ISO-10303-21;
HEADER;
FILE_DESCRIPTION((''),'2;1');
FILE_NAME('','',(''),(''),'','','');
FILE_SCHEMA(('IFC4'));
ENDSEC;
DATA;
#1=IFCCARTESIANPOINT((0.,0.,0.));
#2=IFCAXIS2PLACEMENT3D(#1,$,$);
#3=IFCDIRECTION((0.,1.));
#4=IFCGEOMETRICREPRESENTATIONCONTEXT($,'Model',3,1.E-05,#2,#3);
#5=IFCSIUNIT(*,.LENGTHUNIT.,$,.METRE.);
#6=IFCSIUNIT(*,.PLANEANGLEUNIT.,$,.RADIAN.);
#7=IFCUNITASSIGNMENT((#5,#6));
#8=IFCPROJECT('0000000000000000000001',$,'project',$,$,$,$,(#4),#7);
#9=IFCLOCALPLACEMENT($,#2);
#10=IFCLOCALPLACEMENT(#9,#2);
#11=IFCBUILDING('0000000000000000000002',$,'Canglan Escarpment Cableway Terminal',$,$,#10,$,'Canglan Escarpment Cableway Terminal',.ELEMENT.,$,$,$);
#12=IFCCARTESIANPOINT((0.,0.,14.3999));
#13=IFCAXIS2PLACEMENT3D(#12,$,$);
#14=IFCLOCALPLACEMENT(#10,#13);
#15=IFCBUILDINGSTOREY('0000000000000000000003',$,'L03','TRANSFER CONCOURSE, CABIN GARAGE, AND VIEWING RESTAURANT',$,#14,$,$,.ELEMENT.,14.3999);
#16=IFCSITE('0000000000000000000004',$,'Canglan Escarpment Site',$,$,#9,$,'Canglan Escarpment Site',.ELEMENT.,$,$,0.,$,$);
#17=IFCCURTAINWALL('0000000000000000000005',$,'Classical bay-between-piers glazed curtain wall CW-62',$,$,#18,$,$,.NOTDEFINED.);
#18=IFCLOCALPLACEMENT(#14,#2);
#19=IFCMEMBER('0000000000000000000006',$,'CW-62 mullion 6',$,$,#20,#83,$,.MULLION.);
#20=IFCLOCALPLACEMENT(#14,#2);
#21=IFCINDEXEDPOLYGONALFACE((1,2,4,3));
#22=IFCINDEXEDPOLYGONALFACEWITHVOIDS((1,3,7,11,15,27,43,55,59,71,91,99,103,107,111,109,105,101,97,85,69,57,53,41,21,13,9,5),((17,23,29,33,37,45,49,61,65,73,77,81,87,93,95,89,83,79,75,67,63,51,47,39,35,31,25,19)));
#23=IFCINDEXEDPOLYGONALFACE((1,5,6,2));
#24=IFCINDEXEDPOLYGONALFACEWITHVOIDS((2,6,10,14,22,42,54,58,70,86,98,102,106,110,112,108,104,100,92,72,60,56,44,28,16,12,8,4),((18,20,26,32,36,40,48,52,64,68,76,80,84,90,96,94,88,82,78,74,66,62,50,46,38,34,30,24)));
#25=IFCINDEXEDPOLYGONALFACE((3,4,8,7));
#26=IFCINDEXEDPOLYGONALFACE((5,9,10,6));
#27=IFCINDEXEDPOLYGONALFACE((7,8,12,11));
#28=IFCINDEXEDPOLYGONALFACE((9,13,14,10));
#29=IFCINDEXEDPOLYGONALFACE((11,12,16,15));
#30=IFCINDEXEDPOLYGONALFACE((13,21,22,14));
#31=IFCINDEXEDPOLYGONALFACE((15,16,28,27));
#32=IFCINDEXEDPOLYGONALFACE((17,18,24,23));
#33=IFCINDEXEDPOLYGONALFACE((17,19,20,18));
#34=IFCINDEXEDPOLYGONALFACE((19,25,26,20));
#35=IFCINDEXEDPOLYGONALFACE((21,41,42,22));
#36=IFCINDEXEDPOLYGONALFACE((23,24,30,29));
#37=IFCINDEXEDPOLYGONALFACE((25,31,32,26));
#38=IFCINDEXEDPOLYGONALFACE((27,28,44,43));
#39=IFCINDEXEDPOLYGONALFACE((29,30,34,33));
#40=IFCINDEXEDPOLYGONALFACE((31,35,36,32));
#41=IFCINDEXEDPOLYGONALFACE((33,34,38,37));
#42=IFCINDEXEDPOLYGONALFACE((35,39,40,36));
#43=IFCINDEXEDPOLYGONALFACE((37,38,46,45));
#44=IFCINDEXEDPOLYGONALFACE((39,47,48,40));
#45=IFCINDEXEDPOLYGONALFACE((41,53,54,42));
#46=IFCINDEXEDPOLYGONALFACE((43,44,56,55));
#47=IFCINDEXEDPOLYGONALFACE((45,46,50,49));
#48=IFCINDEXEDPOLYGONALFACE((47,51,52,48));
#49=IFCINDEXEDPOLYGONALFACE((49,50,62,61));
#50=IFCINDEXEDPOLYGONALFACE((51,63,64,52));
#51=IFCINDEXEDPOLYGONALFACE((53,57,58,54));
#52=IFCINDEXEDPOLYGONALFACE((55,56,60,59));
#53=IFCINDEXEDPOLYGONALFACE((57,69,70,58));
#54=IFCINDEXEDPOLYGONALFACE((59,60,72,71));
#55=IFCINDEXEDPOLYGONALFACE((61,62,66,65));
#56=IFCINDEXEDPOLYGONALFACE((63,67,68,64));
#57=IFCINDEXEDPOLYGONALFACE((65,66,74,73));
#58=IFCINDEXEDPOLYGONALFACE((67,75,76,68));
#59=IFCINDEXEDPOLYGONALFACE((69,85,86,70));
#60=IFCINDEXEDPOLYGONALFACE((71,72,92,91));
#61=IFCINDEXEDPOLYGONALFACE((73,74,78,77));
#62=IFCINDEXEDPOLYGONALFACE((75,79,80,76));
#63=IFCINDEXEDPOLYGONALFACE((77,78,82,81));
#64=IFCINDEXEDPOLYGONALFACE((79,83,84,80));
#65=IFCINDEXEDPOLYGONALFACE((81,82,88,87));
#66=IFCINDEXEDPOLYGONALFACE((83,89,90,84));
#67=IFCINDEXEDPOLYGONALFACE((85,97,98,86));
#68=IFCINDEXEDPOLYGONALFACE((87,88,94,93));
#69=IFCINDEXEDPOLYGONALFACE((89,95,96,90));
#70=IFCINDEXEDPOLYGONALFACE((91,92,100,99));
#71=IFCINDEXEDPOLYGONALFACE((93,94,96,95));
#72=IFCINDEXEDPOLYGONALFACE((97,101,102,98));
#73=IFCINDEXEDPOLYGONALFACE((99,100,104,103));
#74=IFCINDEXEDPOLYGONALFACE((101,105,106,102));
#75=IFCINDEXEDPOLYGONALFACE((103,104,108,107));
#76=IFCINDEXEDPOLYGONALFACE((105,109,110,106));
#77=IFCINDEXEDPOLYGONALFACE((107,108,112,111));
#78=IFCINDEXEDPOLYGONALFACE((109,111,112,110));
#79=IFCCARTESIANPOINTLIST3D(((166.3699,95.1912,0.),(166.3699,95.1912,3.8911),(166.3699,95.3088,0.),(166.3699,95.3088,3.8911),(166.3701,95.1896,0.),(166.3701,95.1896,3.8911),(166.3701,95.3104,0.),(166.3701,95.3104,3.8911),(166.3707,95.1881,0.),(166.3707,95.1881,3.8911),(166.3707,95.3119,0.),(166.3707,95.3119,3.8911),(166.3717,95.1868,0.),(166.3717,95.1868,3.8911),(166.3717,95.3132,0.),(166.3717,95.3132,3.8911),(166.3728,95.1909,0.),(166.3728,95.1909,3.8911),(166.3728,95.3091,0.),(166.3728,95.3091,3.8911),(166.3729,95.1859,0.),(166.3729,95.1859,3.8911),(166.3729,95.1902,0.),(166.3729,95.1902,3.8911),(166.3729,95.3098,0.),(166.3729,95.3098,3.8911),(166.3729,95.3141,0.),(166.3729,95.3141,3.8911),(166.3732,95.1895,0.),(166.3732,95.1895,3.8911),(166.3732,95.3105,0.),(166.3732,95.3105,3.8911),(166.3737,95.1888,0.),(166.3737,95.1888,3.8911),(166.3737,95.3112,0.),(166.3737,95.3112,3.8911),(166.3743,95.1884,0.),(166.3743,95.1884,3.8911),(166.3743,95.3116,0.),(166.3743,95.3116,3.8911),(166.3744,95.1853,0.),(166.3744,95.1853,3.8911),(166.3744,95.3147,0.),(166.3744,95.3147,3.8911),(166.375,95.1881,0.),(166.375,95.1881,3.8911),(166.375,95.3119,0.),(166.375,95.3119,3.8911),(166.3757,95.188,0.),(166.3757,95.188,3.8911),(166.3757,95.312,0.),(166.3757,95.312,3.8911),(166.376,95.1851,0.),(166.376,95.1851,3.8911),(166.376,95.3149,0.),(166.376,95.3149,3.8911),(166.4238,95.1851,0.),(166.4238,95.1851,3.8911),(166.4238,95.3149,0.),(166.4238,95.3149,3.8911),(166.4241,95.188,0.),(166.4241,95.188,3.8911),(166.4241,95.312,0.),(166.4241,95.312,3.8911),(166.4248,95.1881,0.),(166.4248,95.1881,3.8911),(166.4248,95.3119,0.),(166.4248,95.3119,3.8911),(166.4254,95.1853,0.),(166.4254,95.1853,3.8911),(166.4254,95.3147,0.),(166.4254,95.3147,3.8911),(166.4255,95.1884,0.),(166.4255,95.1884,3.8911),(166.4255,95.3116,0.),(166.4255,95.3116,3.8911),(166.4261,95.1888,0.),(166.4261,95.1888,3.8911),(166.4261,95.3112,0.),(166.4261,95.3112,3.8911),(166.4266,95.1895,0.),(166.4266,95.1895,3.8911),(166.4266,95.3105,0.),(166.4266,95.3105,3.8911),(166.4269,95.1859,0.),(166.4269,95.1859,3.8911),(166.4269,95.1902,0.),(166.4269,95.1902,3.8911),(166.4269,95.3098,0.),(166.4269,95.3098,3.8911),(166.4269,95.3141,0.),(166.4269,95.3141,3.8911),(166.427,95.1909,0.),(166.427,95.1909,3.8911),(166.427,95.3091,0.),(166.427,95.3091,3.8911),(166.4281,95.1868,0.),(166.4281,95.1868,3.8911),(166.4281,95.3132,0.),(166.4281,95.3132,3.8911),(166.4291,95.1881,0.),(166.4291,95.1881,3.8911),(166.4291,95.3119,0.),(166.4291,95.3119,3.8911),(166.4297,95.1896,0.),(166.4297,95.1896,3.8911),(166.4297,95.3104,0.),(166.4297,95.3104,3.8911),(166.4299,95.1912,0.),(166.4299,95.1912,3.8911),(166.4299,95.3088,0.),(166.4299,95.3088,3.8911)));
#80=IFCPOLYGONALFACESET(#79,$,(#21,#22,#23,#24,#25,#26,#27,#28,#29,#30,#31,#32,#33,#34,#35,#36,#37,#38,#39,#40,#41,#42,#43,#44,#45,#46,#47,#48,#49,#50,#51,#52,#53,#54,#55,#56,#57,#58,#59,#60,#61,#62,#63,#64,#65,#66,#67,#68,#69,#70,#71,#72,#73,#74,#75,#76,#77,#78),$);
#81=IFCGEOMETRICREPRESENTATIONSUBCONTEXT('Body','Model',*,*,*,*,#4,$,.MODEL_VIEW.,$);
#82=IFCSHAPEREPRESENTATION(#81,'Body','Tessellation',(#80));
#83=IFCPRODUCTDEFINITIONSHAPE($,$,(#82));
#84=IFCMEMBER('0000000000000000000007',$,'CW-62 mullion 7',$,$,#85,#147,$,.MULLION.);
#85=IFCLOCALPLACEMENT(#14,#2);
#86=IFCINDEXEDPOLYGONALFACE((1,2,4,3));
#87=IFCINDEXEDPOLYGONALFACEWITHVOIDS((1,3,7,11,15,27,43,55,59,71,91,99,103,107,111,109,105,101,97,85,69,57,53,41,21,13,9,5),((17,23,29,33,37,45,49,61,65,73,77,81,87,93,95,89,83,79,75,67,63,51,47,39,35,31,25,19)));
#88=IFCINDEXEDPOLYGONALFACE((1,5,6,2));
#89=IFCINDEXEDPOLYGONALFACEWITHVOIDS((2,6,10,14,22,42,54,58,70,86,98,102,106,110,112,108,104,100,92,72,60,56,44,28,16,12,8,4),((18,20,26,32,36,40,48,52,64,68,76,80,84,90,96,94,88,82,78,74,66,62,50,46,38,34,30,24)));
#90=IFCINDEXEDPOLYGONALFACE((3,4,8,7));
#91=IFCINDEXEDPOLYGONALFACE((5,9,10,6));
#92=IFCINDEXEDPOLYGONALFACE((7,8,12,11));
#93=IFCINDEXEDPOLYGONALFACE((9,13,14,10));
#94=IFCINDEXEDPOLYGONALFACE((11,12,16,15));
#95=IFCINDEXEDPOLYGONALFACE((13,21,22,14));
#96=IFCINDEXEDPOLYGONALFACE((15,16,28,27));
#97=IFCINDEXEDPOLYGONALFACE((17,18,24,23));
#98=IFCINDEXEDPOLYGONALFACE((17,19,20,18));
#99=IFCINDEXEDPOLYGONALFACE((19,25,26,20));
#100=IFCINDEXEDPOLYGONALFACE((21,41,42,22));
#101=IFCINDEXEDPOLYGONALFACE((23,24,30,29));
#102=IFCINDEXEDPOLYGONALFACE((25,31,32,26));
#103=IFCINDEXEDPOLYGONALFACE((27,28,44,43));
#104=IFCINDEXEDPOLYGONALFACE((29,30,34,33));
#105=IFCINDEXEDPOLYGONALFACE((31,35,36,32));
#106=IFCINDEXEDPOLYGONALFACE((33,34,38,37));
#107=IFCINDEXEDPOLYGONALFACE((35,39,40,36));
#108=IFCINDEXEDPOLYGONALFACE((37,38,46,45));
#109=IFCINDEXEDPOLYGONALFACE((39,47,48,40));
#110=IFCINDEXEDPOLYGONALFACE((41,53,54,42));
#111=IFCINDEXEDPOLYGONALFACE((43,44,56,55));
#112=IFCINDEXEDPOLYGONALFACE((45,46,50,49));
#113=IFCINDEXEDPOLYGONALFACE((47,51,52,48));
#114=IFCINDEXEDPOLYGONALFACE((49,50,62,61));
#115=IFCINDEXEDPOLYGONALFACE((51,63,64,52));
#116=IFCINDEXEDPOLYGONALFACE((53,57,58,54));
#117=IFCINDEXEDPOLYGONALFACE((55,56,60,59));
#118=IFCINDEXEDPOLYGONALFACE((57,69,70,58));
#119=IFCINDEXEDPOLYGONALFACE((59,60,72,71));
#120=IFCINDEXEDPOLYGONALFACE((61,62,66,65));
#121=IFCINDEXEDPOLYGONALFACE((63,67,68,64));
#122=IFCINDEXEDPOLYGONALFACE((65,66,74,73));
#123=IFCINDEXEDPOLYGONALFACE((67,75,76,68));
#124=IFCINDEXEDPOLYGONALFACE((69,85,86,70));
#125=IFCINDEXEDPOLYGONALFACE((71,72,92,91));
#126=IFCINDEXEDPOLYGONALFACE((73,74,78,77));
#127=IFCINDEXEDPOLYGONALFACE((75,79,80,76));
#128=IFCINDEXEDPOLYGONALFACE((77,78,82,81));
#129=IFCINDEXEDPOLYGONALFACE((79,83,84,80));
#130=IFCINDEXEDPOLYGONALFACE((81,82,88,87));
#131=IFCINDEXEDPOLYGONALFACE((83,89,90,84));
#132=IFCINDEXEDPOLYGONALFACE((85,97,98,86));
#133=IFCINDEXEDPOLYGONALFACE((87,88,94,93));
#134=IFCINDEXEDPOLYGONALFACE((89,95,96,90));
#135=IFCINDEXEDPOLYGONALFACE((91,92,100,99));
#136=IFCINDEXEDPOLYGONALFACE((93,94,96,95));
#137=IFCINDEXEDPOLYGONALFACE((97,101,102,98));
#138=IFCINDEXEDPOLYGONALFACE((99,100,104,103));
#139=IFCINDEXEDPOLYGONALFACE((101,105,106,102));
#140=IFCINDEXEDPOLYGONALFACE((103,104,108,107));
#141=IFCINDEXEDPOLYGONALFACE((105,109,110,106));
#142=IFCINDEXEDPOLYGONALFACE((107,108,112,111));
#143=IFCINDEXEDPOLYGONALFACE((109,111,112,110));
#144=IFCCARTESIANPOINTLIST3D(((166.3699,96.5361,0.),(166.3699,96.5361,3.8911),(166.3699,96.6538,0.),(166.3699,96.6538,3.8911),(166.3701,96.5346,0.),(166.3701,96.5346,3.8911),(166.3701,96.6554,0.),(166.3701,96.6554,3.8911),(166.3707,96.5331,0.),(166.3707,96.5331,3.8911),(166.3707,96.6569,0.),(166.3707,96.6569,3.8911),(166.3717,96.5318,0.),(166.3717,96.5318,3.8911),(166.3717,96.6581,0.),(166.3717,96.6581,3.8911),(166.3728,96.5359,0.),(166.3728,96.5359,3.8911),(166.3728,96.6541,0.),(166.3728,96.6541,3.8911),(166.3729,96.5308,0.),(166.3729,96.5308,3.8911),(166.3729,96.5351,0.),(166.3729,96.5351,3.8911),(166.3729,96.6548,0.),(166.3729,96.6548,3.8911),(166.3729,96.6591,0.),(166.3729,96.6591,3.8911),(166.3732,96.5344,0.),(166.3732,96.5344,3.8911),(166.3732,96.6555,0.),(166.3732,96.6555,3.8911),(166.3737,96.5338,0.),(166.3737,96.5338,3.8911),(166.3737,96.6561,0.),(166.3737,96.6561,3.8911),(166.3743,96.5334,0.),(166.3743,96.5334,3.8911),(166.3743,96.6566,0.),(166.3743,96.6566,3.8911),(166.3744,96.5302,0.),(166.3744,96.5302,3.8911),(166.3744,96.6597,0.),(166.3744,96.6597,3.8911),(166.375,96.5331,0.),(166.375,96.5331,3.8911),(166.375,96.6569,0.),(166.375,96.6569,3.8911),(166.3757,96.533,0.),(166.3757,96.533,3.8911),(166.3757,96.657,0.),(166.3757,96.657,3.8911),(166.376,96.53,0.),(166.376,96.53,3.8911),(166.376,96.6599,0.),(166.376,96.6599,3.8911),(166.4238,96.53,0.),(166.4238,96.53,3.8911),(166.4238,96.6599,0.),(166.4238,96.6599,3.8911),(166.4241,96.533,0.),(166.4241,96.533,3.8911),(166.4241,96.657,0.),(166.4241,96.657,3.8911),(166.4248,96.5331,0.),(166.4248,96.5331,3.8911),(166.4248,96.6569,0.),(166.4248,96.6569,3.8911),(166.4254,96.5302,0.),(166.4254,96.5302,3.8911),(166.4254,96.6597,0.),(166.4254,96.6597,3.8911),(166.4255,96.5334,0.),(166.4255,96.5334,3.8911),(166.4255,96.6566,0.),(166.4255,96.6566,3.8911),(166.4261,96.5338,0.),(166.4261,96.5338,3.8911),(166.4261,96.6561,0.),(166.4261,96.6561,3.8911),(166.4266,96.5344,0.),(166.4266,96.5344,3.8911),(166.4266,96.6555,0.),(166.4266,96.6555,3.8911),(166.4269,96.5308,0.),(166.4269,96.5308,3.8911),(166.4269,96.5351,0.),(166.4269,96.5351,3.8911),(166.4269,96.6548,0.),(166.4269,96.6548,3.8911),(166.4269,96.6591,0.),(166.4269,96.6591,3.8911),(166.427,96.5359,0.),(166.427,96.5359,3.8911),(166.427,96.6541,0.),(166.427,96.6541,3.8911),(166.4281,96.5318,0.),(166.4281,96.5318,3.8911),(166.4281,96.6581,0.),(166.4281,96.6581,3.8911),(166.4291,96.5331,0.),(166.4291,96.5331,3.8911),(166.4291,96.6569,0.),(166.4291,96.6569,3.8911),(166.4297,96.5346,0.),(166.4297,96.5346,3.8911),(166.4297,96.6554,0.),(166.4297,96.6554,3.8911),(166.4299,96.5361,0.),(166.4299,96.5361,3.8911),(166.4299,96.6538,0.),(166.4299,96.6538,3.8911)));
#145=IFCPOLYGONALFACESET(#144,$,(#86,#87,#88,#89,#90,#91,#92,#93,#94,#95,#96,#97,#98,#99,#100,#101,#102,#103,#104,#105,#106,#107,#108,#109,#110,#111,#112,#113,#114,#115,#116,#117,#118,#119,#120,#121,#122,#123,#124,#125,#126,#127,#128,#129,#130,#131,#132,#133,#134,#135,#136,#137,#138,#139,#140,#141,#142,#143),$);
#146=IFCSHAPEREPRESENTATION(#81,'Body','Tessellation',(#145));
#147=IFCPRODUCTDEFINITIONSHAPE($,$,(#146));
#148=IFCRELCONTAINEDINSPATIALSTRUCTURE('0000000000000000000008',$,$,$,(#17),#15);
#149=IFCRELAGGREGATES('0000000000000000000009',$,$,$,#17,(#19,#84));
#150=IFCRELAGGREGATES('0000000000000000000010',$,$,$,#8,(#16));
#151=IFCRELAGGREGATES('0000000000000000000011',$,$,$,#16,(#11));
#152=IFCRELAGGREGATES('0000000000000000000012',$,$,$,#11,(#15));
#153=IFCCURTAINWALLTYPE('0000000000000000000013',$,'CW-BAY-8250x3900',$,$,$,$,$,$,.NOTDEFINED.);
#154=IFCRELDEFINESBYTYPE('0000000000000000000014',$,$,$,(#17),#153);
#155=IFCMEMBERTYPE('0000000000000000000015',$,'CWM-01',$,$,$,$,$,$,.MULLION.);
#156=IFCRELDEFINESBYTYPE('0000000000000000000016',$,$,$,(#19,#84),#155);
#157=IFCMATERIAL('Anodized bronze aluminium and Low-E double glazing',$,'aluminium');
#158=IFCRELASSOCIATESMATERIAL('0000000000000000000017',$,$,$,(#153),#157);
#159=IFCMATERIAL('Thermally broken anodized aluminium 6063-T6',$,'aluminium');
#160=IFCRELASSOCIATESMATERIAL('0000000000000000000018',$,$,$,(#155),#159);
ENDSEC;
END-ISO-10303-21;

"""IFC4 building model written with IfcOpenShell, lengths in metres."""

from ifc_helpers import new_model, si_unit, direction, frame, origin, origin_2d, place, context, subcontext, project, spatial, hollow_rectangle, extrude, material, material_profile, profile_set, type_object, element, aggregate, save


model = new_model("IFC4")

# Units and contexts
model_context = context("Model", 3, precision=1e-05, world=origin(), true_north=direction((0.0, 1.0)))
body_context = subcontext(model_context, "Body", "Model", "MODEL_VIEW")
ifc_project = project(units=[si_unit("LENGTHUNIT", "METRE"), si_unit("PLANEANGLEUNIT", "RADIAN")], contexts=[model_context])

# Site, building, storey
site_placement = place(None, origin())
site = spatial("IfcSite", under=ifc_project, at=site_placement, Name="Canglan Escarpment Site", LongName="Canglan Escarpment Site", CompositionType="ELEMENT", RefElevation=0.0)
building_placement = place(site_placement, origin())
building = spatial("IfcBuilding", under=site, at=building_placement, Name="Canglan Escarpment Cableway Terminal", LongName="Canglan Escarpment Cableway Terminal", CompositionType="ELEMENT")
storey_placement = place(building_placement, frame((0.0, 0.0, 14.3999)))
storey = spatial("IfcBuildingStorey", under=building, at=storey_placement, Name="L03", Description="TRANSFER CONCOURSE, CABIN GARAGE, AND VIEWING RESTAURANT", CompositionType="ELEMENT", Elevation=14.3999)

# Curtain wall, members
ifc_material_1 = material(Name="Anodized bronze aluminium and Low-E double glazing", Category="aluminium")
curtain_wall_type = type_object("IfcCurtainWallType", Name="CW-BAY-8250x3900", PredefinedType="NOTDEFINED", material=ifc_material_1)
curtain_wall_placement = place(storey_placement, origin())
curtain_wall = element("IfcCurtainWall", 1, at=curtain_wall_placement, inside=storey, type_object=curtain_wall_type, Name="Classical bay-between-piers glazed curtain wall CW-62", PredefinedType="NOTDEFINED")
ifc_material_2 = material(Name="Thermally broken anodized aluminium 6063-T6", Category="aluminium")
ifc_material_profile_1 = material_profile(ifc_material_2, hollow_rectangle(XDim=0.0601, YDim=0.1299, WallThickness=0.0029, InnerFilletRadius=0.0029, OuterFilletRadius=0.0061, at=origin_2d()), Name="ALU-MULL 60x130x3")
ifc_profile_set_1 = profile_set([ifc_material_profile_1], Name="Thermally broken anodized aluminium 6063-T6")
member_type_1 = type_object("IfcMemberType", Name="CWM-01", PredefinedType="MULLION", material=ifc_profile_set_1)
member_1_placement = place(storey_placement, frame((166.3999, 95.25, 0.0), z_axis=(0.0, 0.0, 1.0), x_axis=(-1.0, 0.0, 0.0)))
member_1 = element("IfcMember", 2, at=member_1_placement, type_object=member_type_1, Name="CW-62 mullion 6", PredefinedType="MULLION", context=body_context, shape_type="SweptSolid", body=[
    extrude(hollow_rectangle(XDim=0.0601, YDim=0.1299, WallThickness=0.0029, InnerFilletRadius=0.0029, OuterFilletRadius=0.0061, at=origin_2d()), origin(), (0.0, 0.0, 1.0), 3.8911),
])
member_2_placement = place(storey_placement, frame((166.3999, 96.595, 0.0), z_axis=(0.0, 0.0, 1.0), x_axis=(-1.0, 0.0, 0.0)))
member_2 = element("IfcMember", 3, at=member_2_placement, type_object=member_type_1, Name="CW-62 mullion 7", PredefinedType="MULLION", context=body_context, shape_type="SweptSolid", body=[
    extrude(hollow_rectangle(XDim=0.0601, YDim=0.1299, WallThickness=0.0029, InnerFilletRadius=0.0029, OuterFilletRadius=0.0061, at=origin_2d()), origin(), (0.0, 0.0, 1.0), 3.8911),
])
aggregate(curtain_wall, [member_1, member_2])

save(model, "model.ifc")
